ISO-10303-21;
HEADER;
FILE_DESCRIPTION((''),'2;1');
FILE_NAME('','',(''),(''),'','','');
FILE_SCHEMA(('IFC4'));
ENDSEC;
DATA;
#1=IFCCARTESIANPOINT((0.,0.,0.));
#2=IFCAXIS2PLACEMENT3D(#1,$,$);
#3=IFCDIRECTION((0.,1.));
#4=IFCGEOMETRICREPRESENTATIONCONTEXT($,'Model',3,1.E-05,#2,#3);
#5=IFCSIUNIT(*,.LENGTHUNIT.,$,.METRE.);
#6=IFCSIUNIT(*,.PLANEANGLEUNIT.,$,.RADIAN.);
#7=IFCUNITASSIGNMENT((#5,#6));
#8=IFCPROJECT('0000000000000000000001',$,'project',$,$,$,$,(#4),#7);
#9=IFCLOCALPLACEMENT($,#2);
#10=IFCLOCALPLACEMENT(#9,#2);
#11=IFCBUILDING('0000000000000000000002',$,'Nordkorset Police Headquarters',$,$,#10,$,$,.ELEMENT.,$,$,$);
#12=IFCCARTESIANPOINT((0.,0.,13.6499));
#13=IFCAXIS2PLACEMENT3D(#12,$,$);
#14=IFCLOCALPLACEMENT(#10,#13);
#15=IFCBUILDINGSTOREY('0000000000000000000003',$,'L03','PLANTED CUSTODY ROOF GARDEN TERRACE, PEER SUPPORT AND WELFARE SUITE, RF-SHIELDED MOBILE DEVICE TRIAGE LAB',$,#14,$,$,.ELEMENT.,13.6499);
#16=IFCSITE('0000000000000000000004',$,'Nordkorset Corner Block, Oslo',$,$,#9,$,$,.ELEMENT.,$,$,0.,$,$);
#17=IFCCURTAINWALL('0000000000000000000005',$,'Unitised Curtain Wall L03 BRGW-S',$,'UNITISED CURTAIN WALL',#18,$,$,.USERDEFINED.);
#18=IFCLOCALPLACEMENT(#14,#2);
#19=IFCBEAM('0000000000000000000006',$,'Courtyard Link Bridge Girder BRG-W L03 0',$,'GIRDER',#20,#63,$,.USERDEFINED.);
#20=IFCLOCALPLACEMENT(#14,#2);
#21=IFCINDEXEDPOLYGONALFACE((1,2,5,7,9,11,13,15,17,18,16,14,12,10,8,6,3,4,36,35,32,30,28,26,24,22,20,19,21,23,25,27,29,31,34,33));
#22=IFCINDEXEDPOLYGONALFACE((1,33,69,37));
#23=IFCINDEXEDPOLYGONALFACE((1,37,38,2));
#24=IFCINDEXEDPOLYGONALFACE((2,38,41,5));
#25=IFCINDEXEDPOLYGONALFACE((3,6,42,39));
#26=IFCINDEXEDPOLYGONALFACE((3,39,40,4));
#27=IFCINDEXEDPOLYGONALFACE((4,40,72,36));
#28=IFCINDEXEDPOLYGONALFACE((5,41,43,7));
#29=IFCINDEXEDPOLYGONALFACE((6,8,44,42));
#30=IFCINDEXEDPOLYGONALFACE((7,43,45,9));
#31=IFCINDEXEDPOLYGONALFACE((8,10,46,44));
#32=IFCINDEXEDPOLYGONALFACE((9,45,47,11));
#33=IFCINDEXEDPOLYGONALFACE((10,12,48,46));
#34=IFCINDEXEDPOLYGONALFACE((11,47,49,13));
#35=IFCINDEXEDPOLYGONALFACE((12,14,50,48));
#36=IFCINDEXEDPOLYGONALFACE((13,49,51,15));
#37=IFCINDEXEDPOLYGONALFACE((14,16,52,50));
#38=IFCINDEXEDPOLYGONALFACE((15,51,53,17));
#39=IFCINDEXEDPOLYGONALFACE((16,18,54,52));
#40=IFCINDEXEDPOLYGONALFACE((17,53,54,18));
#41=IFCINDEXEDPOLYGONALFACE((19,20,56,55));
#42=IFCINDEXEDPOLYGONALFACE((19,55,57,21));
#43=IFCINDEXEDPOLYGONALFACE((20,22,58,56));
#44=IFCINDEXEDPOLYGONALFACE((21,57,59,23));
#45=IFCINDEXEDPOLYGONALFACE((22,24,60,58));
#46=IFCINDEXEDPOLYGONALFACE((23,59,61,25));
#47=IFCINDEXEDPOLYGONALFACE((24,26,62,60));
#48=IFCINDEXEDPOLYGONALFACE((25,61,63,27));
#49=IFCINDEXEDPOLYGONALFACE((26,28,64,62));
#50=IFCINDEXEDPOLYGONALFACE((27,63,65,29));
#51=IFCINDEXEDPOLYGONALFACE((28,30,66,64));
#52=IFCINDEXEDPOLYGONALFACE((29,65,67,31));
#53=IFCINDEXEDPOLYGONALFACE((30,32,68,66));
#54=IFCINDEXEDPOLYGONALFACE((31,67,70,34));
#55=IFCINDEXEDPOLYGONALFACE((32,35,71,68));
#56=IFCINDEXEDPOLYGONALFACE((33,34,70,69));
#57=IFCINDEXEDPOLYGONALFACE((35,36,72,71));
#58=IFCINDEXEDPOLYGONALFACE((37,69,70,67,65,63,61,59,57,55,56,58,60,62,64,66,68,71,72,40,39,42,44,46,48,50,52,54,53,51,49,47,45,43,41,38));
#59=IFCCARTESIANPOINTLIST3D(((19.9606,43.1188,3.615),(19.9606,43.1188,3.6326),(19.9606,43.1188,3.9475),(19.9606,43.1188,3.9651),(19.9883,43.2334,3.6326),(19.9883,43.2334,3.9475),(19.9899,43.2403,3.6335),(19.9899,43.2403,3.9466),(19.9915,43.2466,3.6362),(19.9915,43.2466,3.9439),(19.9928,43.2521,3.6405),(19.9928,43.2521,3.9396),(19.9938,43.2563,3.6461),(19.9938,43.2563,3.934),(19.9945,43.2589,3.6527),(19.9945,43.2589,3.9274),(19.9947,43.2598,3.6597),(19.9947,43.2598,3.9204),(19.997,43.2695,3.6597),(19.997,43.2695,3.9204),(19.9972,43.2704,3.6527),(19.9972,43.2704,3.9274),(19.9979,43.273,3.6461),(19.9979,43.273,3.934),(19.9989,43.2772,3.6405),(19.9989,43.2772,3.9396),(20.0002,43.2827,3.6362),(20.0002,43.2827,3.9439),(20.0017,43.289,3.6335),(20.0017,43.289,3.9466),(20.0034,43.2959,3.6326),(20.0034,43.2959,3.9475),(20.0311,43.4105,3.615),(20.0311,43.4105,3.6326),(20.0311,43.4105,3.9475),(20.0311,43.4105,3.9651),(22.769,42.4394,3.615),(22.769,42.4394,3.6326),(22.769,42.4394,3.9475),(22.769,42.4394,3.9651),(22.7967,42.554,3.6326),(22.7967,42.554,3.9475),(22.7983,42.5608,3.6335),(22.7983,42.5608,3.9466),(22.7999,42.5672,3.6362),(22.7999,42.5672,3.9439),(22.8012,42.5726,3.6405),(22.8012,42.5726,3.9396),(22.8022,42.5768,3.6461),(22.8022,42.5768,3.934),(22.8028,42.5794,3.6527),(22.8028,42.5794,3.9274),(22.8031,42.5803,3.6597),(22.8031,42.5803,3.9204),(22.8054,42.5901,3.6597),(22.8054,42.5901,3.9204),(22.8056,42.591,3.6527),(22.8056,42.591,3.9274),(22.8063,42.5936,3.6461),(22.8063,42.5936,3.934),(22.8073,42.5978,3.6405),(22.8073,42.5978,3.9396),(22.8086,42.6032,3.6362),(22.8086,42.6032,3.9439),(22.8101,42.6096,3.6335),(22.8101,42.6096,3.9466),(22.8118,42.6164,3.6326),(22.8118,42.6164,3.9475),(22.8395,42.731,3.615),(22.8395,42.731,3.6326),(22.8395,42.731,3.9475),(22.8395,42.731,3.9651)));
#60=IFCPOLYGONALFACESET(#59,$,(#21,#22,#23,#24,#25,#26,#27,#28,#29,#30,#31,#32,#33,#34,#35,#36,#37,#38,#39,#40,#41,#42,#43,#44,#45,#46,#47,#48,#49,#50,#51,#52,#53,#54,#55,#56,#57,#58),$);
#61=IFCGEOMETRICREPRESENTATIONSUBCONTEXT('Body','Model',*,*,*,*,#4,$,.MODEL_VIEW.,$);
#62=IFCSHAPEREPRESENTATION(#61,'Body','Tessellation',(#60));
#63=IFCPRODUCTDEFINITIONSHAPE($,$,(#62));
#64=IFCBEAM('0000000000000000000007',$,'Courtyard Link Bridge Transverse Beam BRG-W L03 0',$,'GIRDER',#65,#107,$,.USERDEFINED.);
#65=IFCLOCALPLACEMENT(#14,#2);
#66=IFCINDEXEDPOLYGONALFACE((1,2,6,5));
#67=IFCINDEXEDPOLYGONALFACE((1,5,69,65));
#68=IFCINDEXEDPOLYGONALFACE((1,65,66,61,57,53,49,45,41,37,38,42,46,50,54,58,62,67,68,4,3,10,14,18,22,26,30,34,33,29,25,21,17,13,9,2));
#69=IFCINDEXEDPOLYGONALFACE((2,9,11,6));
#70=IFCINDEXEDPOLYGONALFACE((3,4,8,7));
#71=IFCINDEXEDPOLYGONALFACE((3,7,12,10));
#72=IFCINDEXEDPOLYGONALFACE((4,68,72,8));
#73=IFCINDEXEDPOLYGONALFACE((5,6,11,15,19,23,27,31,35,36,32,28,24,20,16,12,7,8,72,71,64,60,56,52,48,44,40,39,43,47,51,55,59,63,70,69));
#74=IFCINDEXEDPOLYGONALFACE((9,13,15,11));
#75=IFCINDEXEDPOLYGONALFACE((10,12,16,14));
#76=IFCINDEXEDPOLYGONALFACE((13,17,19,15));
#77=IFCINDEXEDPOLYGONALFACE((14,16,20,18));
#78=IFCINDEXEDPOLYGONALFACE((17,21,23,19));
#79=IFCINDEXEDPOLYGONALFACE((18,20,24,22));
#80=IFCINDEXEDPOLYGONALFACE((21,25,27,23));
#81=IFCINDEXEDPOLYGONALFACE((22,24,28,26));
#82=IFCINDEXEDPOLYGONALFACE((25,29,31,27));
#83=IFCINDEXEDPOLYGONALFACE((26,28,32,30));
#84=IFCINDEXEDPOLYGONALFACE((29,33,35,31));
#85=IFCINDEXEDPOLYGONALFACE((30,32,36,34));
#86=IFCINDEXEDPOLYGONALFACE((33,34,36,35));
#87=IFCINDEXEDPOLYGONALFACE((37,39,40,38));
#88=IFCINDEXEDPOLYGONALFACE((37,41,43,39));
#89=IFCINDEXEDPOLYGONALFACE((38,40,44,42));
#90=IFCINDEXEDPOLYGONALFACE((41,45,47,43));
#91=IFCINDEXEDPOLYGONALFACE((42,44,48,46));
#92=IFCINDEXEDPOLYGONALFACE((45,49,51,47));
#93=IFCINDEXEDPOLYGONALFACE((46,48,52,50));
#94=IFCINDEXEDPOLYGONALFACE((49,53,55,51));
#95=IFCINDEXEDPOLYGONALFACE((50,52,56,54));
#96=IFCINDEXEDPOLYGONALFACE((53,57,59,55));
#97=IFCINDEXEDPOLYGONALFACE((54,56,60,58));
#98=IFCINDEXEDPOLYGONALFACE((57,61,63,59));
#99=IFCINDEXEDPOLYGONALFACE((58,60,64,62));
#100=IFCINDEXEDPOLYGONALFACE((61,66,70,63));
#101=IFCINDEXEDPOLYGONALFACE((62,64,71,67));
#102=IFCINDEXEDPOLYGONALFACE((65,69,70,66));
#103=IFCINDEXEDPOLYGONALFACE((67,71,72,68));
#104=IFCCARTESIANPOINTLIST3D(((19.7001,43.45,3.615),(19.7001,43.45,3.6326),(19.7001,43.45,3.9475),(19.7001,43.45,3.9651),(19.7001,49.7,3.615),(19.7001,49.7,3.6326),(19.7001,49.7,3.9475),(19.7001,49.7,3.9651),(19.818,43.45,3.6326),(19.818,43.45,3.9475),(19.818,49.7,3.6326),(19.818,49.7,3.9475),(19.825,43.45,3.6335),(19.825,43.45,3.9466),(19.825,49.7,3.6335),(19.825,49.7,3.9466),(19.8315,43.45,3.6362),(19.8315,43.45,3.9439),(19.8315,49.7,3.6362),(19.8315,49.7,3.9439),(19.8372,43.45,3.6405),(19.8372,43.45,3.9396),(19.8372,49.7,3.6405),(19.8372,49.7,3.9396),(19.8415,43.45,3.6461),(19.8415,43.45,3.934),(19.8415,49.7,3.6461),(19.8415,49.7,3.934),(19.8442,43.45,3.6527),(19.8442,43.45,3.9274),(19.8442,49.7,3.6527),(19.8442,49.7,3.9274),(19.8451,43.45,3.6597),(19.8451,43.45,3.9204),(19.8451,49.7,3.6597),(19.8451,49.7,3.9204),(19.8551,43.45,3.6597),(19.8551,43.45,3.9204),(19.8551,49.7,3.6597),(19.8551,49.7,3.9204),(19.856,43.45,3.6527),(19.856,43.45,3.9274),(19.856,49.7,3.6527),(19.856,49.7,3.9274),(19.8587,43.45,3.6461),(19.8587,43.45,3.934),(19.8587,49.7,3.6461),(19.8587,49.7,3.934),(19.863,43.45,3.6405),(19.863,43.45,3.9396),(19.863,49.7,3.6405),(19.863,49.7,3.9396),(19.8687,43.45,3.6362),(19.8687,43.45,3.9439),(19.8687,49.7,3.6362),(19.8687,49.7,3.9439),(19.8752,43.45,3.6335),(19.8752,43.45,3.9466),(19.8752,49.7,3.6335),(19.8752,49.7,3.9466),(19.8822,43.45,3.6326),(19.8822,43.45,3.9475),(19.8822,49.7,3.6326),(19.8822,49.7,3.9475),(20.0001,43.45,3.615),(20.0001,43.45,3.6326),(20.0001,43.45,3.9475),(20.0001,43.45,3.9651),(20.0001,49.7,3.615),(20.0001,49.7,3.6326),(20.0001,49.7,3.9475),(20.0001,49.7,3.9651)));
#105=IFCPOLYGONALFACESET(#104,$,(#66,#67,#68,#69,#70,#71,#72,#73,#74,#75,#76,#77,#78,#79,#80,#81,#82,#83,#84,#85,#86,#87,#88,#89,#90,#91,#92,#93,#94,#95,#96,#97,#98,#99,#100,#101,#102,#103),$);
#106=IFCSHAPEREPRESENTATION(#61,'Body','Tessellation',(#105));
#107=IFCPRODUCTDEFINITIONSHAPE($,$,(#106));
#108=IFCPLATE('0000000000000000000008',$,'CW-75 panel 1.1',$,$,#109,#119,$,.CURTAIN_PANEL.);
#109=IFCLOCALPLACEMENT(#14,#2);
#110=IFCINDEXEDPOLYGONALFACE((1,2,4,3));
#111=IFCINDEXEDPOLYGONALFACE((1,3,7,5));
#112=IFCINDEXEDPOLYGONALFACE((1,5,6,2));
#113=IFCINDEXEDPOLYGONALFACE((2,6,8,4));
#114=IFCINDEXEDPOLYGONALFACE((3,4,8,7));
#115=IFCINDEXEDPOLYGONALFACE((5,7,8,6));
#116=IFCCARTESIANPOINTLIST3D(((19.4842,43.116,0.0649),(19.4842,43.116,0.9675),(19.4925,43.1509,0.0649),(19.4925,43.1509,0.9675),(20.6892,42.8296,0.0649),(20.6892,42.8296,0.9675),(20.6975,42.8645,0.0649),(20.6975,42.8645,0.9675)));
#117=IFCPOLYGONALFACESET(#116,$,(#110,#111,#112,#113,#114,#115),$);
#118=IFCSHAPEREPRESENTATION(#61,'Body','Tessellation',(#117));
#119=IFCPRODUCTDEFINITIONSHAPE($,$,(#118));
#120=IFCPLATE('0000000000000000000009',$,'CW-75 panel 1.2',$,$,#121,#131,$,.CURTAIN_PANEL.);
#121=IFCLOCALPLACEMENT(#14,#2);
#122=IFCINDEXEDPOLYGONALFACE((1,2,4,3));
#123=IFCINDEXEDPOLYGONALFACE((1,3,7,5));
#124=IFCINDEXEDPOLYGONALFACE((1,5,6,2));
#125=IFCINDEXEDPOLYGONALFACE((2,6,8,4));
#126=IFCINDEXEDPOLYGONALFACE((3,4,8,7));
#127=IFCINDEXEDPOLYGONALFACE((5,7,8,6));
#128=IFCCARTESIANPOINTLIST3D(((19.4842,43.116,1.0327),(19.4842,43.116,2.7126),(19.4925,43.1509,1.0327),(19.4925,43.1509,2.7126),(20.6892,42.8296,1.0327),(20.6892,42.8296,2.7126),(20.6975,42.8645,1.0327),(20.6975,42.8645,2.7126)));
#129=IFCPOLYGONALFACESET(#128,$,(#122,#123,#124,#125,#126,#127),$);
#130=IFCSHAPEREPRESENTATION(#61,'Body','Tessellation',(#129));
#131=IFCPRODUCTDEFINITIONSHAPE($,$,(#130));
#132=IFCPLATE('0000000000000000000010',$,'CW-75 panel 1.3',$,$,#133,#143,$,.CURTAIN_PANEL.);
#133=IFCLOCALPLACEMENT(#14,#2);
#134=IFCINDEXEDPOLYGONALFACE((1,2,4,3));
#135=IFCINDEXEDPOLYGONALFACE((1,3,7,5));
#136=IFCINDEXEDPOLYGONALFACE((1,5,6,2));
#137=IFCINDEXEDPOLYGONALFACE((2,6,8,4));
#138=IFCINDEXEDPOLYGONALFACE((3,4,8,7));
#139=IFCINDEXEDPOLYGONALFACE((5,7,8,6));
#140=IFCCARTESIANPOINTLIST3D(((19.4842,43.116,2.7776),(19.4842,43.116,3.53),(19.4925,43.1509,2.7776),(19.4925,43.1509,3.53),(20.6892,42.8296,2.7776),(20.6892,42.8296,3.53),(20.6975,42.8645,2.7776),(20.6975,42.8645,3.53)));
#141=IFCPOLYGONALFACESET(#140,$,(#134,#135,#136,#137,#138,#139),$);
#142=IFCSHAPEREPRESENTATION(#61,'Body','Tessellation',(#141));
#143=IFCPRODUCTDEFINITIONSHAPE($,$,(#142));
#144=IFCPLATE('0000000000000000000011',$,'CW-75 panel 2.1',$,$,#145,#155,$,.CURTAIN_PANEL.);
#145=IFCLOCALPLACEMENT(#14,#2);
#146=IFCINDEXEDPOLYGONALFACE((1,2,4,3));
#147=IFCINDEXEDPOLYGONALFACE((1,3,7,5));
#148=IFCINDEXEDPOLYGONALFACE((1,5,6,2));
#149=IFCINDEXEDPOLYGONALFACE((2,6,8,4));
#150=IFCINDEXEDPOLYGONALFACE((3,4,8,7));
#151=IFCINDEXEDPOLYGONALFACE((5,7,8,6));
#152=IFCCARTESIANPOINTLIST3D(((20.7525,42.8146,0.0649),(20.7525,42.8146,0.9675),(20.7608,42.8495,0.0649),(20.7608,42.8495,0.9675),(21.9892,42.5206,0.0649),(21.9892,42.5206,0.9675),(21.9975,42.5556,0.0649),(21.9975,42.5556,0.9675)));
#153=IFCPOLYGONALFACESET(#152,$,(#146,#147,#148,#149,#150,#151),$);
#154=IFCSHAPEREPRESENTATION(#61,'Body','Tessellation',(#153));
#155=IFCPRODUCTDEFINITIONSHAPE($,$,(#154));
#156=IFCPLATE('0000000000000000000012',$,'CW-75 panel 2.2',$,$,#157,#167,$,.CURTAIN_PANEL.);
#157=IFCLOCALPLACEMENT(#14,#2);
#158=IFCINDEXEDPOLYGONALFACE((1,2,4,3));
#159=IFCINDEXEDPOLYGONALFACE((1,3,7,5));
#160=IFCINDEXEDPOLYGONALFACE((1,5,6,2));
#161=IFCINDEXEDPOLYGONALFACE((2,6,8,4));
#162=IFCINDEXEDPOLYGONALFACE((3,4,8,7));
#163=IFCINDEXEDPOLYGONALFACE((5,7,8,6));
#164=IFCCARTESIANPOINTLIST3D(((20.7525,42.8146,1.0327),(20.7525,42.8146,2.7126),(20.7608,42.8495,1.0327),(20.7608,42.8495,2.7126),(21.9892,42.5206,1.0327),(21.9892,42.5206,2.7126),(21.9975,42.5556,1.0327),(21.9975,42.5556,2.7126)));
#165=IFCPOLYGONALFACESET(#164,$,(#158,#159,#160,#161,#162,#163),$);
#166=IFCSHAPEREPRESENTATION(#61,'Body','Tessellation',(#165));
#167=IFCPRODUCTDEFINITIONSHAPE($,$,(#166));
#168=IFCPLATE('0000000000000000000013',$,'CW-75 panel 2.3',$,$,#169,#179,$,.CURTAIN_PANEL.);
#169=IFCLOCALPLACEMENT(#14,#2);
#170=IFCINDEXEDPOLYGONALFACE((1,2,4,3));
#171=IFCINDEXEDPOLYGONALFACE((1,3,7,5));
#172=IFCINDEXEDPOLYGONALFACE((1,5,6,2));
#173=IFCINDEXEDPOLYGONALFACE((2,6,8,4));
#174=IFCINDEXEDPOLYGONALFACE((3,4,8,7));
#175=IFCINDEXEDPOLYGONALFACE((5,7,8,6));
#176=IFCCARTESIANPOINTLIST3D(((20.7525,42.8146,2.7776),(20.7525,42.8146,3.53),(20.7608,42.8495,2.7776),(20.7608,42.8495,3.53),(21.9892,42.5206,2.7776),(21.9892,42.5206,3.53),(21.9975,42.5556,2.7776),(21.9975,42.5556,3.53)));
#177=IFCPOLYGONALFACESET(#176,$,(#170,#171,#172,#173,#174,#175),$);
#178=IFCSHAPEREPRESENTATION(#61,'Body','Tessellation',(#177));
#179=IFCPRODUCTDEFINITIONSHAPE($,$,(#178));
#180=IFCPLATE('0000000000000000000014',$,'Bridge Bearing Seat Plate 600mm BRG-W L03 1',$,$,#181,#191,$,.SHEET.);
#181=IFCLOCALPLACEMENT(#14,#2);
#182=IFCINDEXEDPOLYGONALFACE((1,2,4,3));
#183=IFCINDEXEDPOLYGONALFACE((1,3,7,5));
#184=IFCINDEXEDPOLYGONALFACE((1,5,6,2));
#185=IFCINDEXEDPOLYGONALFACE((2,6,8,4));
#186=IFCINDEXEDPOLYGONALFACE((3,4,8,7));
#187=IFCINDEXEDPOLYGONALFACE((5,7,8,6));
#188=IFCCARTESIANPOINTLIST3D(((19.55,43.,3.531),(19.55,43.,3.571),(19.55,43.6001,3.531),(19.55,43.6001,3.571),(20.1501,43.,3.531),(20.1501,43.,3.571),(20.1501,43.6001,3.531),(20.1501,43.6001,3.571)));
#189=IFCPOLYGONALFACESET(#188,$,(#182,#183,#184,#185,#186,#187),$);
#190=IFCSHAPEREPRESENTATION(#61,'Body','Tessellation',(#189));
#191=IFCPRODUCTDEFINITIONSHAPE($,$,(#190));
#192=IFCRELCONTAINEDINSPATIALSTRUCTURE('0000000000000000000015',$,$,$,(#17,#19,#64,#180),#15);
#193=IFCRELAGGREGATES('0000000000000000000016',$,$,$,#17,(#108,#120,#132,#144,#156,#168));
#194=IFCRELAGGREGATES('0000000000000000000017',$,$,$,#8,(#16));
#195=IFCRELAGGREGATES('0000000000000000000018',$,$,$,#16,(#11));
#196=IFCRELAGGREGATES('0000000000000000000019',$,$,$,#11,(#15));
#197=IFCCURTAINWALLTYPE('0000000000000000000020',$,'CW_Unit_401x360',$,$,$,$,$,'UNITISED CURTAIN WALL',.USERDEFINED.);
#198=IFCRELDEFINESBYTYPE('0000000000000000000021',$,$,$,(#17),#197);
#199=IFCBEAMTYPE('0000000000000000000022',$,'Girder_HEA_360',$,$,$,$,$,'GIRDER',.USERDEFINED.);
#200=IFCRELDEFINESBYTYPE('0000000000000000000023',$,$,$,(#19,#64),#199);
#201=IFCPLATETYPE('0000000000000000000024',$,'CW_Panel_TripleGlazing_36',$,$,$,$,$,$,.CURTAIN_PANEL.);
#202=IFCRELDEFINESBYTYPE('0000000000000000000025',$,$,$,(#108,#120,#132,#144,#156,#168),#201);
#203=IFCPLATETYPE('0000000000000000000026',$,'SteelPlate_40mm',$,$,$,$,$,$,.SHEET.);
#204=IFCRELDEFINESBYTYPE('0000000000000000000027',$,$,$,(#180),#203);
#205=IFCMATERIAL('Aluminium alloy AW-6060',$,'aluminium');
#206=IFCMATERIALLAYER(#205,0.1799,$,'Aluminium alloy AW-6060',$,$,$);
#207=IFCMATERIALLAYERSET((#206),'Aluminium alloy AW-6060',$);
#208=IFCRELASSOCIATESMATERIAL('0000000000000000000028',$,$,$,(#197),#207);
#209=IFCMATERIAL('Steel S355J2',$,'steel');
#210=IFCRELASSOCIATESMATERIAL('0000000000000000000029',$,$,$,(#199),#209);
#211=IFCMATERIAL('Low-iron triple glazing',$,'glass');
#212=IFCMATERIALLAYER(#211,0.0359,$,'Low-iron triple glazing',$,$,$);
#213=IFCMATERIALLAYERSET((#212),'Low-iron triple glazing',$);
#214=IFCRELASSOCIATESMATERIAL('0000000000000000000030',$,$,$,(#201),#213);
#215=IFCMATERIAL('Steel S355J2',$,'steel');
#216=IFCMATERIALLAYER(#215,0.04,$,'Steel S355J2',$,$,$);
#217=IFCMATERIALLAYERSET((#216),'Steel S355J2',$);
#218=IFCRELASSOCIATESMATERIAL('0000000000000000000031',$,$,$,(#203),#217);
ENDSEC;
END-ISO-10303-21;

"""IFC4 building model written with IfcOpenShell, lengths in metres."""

from ifc_helpers import new_model, si_unit, direction, frame, origin, origin_2d, place, context, subcontext, project, spatial, rectangle, i_section, extrude, material, layer, layer_set, material_profile, profile_set, type_object, element, aggregate, save


model = new_model("IFC4")

# Units and contexts
model_context = context("Model", 3, precision=1e-05, world=origin(), true_north=direction((0.0, 1.0)))
body_context = subcontext(model_context, "Body", "Model", "MODEL_VIEW")
ifc_project = project(units=[si_unit("LENGTHUNIT", "METRE"), si_unit("PLANEANGLEUNIT", "RADIAN")], contexts=[model_context])

# Site, building, storey
site_placement = place(None, origin())
site = spatial("IfcSite", under=ifc_project, at=site_placement, Name="Nordkorset Corner Block, Oslo", CompositionType="ELEMENT", RefElevation=0.0)
building_placement = place(site_placement, origin())
building = spatial("IfcBuilding", under=site, at=building_placement, Name="Nordkorset Police Headquarters", CompositionType="ELEMENT")
storey_placement = place(building_placement, frame((0.0, 0.0, 13.6499)))
storey = spatial("IfcBuildingStorey", under=building, at=storey_placement, Name="L03", Description="PLANTED CUSTODY ROOF GARDEN TERRACE, PEER SUPPORT AND WELFARE SUITE, RF-SHIELDED MOBILE DEVICE TRIAGE LAB", CompositionType="ELEMENT", Elevation=13.6499)

# Curtain wall
ifc_material_1 = material(Name="Aluminium alloy AW-6060", Category="aluminium")
ifc_layer_1 = layer(ifc_material_1, 0.1799, Name="Aluminium alloy AW-6060")
ifc_layer_set_1 = layer_set([ifc_layer_1], Name="Aluminium alloy AW-6060")
curtain_wall_type_1 = type_object("IfcCurtainWallType", Name="CW_Unit_401x360", ElementType="UNITISED CURTAIN WALL", PredefinedType="USERDEFINED", material=ifc_layer_set_1)
curtain_wall_1_placement = place(storey_placement, origin())
curtain_wall_1 = element("IfcCurtainWall", 1, at=curtain_wall_1_placement, inside=storey, type_object=curtain_wall_type_1, Name="Unitised Curtain Wall L03 BRGW-S", ObjectType="UNITISED CURTAIN WALL", PredefinedType="USERDEFINED")

# Beams
ifc_material_2 = material(Name="Steel S355J2", Category="steel")
ifc_material_profile_1 = material_profile(ifc_material_2, i_section(OverallWidth=0.3, OverallDepth=0.3501, WebThickness=0.01, FlangeThickness=0.0176, FilletRadius=0.0271, at=origin_2d()), Name="HEA 360")
ifc_profile_set_1 = profile_set([ifc_material_profile_1], Name="Steel S355J2")
beam_type_1 = type_object("IfcBeamType", Name="Girder_HEA_360", ElementType="GIRDER", PredefinedType="USERDEFINED", material=ifc_profile_set_1)
beam_1_placement = place(storey_placement, frame((19.9958, 43.2646, 3.79), z_axis=(0.971958, -0.235153, 0.0), x_axis=(0.235153, 0.971958, 0.0)))
element("IfcBeam", 2, at=beam_1_placement, inside=storey, type_object=beam_type_1, Name="Courtyard Link Bridge Girder BRG-W L03 0", ObjectType="GIRDER", PredefinedType="USERDEFINED", context=body_context, shape_type="SweptSolid", body=[
    extrude(i_section(OverallWidth=0.3, OverallDepth=0.3501, WebThickness=0.01, FlangeThickness=0.0176, FilletRadius=0.0271, at=origin_2d()), origin(), (0.0, 0.0, 1.0), 2.8894),
])
beam_2_placement = place(storey_placement, frame((19.8501, 43.45, 3.79), z_axis=(0.0, 1.0, 0.0), x_axis=(-1.0, 0.0, 0.0)))
element("IfcBeam", 3, at=beam_2_placement, inside=storey, type_object=beam_type_1, Name="Courtyard Link Bridge Transverse Beam BRG-W L03 0", ObjectType="GIRDER", PredefinedType="USERDEFINED", context=body_context, shape_type="SweptSolid", body=[
    extrude(i_section(OverallWidth=0.3, OverallDepth=0.3501, WebThickness=0.01, FlangeThickness=0.0176, FilletRadius=0.0271, at=origin_2d()), origin(), (0.0, 0.0, 1.0), 6.25),
])

# Plates
ifc_material_3 = material(Name="Low-iron triple glazing", Category="glass")
ifc_layer_2 = layer(ifc_material_3, 0.0359, Name="Low-iron triple glazing")
ifc_layer_set_2 = layer_set([ifc_layer_2], Name="Low-iron triple glazing")
plate_type_1 = type_object("IfcPlateType", Name="CW_Panel_TripleGlazing_36", PredefinedType="CURTAIN_PANEL", material=ifc_layer_set_2)
plate_1_placement = place(storey_placement, frame((20.0908, 42.9902, 0.0649), z_axis=(0.0, 0.0, 1.0), x_axis=(0.972905, -0.231206, 0.0)))
plate_1 = element("IfcPlate", 4, at=plate_1_placement, type_object=plate_type_1, Name="CW-75 panel 1.1", PredefinedType="CURTAIN_PANEL", context=body_context, shape_type="SweptSolid", body=[
    extrude(rectangle(XDim=1.2385, YDim=0.0359, at=origin_2d()), origin(), (0.0, 0.0, 1.0), 0.9026),
])
plate_2_placement = place(storey_placement, frame((20.0908, 42.9902, 1.0327), z_axis=(0.0, 0.0, 1.0), x_axis=(0.972905, -0.231206, 0.0)))
plate_2 = element("IfcPlate", 5, at=plate_2_placement, type_object=plate_type_1, Name="CW-75 panel 1.2", PredefinedType="CURTAIN_PANEL", context=body_context, shape_type="SweptSolid", body=[
    extrude(rectangle(XDim=1.2385, YDim=0.0359, at=origin_2d()), origin(), (0.0, 0.0, 1.0), 1.6799),
])
plate_3_placement = place(storey_placement, frame((20.0908, 42.9902, 2.7776), z_axis=(0.0, 0.0, 1.0), x_axis=(0.972905, -0.231206, 0.0)))
plate_3 = element("IfcPlate", 6, at=plate_3_placement, type_object=plate_type_1, Name="CW-75 panel 1.3", PredefinedType="CURTAIN_PANEL", context=body_context, shape_type="SweptSolid", body=[
    extrude(rectangle(XDim=1.2385, YDim=0.0359, at=origin_2d()), origin(), (0.0, 0.0, 1.0), 0.7524),
])
plate_4_placement = place(storey_placement, frame((21.375, 42.6851, 0.0649), z_axis=(0.0, 0.0, 1.0), x_axis=(0.972905, -0.231206, 0.0)))
plate_4 = element("IfcPlate", 7, at=plate_4_placement, type_object=plate_type_1, Name="CW-75 panel 2.1", PredefinedType="CURTAIN_PANEL", context=body_context, shape_type="SweptSolid", body=[
    extrude(rectangle(XDim=1.2712, YDim=0.0359, at=origin_2d()), origin(), (0.0, 0.0, 1.0), 0.9026),
])
plate_5_placement = place(storey_placement, frame((21.375, 42.6851, 1.0327), z_axis=(0.0, 0.0, 1.0), x_axis=(0.972905, -0.231206, 0.0)))
plate_5 = element("IfcPlate", 8, at=plate_5_placement, type_object=plate_type_1, Name="CW-75 panel 2.2", PredefinedType="CURTAIN_PANEL", context=body_context, shape_type="SweptSolid", body=[
    extrude(rectangle(XDim=1.2712, YDim=0.0359, at=origin_2d()), origin(), (0.0, 0.0, 1.0), 1.6799),
])
plate_6_placement = place(storey_placement, frame((21.375, 42.6851, 2.7776), z_axis=(0.0, 0.0, 1.0), x_axis=(0.972905, -0.231206, 0.0)))
plate_6 = element("IfcPlate", 9, at=plate_6_placement, type_object=plate_type_1, Name="CW-75 panel 2.3", PredefinedType="CURTAIN_PANEL", context=body_context, shape_type="SweptSolid", body=[
    extrude(rectangle(XDim=1.2712, YDim=0.0359, at=origin_2d()), origin(), (0.0, 0.0, 1.0), 0.7524),
])
aggregate(curtain_wall_1, [plate_1, plate_2, plate_3, plate_4, plate_5, plate_6])

# Plate
ifc_material_4 = material(Name="Steel S355J2", Category="steel")
ifc_layer_3 = layer(ifc_material_4, 0.04, Name="Steel S355J2")
ifc_layer_set_3 = layer_set([ifc_layer_3], Name="Steel S355J2")
plate_type_2 = type_object("IfcPlateType", Name="SteelPlate_40mm", PredefinedType="SHEET", material=ifc_layer_set_3)
for number, where, z_axis, x_axis, name in (
    (10, (19.8501, 43.3, 3.531), (0.0, 0.0, 1.0), (1.0, 0.0, 0.0), "Bridge Bearing Seat Plate 600mm BRG-W L03 1"),
):
    element("IfcPlate", number, at=place(storey_placement, frame(where, z_axis=z_axis, x_axis=x_axis)), inside=storey, type_object=plate_type_2, Name=name, PredefinedType="SHEET", context=body_context, shape_type="SweptSolid", body=[
        extrude(rectangle(XDim=0.6001, YDim=0.6001, at=origin_2d()), origin(), (0.0, 0.0, 1.0), 0.04),
    ])

save(model, "model.ifc")
